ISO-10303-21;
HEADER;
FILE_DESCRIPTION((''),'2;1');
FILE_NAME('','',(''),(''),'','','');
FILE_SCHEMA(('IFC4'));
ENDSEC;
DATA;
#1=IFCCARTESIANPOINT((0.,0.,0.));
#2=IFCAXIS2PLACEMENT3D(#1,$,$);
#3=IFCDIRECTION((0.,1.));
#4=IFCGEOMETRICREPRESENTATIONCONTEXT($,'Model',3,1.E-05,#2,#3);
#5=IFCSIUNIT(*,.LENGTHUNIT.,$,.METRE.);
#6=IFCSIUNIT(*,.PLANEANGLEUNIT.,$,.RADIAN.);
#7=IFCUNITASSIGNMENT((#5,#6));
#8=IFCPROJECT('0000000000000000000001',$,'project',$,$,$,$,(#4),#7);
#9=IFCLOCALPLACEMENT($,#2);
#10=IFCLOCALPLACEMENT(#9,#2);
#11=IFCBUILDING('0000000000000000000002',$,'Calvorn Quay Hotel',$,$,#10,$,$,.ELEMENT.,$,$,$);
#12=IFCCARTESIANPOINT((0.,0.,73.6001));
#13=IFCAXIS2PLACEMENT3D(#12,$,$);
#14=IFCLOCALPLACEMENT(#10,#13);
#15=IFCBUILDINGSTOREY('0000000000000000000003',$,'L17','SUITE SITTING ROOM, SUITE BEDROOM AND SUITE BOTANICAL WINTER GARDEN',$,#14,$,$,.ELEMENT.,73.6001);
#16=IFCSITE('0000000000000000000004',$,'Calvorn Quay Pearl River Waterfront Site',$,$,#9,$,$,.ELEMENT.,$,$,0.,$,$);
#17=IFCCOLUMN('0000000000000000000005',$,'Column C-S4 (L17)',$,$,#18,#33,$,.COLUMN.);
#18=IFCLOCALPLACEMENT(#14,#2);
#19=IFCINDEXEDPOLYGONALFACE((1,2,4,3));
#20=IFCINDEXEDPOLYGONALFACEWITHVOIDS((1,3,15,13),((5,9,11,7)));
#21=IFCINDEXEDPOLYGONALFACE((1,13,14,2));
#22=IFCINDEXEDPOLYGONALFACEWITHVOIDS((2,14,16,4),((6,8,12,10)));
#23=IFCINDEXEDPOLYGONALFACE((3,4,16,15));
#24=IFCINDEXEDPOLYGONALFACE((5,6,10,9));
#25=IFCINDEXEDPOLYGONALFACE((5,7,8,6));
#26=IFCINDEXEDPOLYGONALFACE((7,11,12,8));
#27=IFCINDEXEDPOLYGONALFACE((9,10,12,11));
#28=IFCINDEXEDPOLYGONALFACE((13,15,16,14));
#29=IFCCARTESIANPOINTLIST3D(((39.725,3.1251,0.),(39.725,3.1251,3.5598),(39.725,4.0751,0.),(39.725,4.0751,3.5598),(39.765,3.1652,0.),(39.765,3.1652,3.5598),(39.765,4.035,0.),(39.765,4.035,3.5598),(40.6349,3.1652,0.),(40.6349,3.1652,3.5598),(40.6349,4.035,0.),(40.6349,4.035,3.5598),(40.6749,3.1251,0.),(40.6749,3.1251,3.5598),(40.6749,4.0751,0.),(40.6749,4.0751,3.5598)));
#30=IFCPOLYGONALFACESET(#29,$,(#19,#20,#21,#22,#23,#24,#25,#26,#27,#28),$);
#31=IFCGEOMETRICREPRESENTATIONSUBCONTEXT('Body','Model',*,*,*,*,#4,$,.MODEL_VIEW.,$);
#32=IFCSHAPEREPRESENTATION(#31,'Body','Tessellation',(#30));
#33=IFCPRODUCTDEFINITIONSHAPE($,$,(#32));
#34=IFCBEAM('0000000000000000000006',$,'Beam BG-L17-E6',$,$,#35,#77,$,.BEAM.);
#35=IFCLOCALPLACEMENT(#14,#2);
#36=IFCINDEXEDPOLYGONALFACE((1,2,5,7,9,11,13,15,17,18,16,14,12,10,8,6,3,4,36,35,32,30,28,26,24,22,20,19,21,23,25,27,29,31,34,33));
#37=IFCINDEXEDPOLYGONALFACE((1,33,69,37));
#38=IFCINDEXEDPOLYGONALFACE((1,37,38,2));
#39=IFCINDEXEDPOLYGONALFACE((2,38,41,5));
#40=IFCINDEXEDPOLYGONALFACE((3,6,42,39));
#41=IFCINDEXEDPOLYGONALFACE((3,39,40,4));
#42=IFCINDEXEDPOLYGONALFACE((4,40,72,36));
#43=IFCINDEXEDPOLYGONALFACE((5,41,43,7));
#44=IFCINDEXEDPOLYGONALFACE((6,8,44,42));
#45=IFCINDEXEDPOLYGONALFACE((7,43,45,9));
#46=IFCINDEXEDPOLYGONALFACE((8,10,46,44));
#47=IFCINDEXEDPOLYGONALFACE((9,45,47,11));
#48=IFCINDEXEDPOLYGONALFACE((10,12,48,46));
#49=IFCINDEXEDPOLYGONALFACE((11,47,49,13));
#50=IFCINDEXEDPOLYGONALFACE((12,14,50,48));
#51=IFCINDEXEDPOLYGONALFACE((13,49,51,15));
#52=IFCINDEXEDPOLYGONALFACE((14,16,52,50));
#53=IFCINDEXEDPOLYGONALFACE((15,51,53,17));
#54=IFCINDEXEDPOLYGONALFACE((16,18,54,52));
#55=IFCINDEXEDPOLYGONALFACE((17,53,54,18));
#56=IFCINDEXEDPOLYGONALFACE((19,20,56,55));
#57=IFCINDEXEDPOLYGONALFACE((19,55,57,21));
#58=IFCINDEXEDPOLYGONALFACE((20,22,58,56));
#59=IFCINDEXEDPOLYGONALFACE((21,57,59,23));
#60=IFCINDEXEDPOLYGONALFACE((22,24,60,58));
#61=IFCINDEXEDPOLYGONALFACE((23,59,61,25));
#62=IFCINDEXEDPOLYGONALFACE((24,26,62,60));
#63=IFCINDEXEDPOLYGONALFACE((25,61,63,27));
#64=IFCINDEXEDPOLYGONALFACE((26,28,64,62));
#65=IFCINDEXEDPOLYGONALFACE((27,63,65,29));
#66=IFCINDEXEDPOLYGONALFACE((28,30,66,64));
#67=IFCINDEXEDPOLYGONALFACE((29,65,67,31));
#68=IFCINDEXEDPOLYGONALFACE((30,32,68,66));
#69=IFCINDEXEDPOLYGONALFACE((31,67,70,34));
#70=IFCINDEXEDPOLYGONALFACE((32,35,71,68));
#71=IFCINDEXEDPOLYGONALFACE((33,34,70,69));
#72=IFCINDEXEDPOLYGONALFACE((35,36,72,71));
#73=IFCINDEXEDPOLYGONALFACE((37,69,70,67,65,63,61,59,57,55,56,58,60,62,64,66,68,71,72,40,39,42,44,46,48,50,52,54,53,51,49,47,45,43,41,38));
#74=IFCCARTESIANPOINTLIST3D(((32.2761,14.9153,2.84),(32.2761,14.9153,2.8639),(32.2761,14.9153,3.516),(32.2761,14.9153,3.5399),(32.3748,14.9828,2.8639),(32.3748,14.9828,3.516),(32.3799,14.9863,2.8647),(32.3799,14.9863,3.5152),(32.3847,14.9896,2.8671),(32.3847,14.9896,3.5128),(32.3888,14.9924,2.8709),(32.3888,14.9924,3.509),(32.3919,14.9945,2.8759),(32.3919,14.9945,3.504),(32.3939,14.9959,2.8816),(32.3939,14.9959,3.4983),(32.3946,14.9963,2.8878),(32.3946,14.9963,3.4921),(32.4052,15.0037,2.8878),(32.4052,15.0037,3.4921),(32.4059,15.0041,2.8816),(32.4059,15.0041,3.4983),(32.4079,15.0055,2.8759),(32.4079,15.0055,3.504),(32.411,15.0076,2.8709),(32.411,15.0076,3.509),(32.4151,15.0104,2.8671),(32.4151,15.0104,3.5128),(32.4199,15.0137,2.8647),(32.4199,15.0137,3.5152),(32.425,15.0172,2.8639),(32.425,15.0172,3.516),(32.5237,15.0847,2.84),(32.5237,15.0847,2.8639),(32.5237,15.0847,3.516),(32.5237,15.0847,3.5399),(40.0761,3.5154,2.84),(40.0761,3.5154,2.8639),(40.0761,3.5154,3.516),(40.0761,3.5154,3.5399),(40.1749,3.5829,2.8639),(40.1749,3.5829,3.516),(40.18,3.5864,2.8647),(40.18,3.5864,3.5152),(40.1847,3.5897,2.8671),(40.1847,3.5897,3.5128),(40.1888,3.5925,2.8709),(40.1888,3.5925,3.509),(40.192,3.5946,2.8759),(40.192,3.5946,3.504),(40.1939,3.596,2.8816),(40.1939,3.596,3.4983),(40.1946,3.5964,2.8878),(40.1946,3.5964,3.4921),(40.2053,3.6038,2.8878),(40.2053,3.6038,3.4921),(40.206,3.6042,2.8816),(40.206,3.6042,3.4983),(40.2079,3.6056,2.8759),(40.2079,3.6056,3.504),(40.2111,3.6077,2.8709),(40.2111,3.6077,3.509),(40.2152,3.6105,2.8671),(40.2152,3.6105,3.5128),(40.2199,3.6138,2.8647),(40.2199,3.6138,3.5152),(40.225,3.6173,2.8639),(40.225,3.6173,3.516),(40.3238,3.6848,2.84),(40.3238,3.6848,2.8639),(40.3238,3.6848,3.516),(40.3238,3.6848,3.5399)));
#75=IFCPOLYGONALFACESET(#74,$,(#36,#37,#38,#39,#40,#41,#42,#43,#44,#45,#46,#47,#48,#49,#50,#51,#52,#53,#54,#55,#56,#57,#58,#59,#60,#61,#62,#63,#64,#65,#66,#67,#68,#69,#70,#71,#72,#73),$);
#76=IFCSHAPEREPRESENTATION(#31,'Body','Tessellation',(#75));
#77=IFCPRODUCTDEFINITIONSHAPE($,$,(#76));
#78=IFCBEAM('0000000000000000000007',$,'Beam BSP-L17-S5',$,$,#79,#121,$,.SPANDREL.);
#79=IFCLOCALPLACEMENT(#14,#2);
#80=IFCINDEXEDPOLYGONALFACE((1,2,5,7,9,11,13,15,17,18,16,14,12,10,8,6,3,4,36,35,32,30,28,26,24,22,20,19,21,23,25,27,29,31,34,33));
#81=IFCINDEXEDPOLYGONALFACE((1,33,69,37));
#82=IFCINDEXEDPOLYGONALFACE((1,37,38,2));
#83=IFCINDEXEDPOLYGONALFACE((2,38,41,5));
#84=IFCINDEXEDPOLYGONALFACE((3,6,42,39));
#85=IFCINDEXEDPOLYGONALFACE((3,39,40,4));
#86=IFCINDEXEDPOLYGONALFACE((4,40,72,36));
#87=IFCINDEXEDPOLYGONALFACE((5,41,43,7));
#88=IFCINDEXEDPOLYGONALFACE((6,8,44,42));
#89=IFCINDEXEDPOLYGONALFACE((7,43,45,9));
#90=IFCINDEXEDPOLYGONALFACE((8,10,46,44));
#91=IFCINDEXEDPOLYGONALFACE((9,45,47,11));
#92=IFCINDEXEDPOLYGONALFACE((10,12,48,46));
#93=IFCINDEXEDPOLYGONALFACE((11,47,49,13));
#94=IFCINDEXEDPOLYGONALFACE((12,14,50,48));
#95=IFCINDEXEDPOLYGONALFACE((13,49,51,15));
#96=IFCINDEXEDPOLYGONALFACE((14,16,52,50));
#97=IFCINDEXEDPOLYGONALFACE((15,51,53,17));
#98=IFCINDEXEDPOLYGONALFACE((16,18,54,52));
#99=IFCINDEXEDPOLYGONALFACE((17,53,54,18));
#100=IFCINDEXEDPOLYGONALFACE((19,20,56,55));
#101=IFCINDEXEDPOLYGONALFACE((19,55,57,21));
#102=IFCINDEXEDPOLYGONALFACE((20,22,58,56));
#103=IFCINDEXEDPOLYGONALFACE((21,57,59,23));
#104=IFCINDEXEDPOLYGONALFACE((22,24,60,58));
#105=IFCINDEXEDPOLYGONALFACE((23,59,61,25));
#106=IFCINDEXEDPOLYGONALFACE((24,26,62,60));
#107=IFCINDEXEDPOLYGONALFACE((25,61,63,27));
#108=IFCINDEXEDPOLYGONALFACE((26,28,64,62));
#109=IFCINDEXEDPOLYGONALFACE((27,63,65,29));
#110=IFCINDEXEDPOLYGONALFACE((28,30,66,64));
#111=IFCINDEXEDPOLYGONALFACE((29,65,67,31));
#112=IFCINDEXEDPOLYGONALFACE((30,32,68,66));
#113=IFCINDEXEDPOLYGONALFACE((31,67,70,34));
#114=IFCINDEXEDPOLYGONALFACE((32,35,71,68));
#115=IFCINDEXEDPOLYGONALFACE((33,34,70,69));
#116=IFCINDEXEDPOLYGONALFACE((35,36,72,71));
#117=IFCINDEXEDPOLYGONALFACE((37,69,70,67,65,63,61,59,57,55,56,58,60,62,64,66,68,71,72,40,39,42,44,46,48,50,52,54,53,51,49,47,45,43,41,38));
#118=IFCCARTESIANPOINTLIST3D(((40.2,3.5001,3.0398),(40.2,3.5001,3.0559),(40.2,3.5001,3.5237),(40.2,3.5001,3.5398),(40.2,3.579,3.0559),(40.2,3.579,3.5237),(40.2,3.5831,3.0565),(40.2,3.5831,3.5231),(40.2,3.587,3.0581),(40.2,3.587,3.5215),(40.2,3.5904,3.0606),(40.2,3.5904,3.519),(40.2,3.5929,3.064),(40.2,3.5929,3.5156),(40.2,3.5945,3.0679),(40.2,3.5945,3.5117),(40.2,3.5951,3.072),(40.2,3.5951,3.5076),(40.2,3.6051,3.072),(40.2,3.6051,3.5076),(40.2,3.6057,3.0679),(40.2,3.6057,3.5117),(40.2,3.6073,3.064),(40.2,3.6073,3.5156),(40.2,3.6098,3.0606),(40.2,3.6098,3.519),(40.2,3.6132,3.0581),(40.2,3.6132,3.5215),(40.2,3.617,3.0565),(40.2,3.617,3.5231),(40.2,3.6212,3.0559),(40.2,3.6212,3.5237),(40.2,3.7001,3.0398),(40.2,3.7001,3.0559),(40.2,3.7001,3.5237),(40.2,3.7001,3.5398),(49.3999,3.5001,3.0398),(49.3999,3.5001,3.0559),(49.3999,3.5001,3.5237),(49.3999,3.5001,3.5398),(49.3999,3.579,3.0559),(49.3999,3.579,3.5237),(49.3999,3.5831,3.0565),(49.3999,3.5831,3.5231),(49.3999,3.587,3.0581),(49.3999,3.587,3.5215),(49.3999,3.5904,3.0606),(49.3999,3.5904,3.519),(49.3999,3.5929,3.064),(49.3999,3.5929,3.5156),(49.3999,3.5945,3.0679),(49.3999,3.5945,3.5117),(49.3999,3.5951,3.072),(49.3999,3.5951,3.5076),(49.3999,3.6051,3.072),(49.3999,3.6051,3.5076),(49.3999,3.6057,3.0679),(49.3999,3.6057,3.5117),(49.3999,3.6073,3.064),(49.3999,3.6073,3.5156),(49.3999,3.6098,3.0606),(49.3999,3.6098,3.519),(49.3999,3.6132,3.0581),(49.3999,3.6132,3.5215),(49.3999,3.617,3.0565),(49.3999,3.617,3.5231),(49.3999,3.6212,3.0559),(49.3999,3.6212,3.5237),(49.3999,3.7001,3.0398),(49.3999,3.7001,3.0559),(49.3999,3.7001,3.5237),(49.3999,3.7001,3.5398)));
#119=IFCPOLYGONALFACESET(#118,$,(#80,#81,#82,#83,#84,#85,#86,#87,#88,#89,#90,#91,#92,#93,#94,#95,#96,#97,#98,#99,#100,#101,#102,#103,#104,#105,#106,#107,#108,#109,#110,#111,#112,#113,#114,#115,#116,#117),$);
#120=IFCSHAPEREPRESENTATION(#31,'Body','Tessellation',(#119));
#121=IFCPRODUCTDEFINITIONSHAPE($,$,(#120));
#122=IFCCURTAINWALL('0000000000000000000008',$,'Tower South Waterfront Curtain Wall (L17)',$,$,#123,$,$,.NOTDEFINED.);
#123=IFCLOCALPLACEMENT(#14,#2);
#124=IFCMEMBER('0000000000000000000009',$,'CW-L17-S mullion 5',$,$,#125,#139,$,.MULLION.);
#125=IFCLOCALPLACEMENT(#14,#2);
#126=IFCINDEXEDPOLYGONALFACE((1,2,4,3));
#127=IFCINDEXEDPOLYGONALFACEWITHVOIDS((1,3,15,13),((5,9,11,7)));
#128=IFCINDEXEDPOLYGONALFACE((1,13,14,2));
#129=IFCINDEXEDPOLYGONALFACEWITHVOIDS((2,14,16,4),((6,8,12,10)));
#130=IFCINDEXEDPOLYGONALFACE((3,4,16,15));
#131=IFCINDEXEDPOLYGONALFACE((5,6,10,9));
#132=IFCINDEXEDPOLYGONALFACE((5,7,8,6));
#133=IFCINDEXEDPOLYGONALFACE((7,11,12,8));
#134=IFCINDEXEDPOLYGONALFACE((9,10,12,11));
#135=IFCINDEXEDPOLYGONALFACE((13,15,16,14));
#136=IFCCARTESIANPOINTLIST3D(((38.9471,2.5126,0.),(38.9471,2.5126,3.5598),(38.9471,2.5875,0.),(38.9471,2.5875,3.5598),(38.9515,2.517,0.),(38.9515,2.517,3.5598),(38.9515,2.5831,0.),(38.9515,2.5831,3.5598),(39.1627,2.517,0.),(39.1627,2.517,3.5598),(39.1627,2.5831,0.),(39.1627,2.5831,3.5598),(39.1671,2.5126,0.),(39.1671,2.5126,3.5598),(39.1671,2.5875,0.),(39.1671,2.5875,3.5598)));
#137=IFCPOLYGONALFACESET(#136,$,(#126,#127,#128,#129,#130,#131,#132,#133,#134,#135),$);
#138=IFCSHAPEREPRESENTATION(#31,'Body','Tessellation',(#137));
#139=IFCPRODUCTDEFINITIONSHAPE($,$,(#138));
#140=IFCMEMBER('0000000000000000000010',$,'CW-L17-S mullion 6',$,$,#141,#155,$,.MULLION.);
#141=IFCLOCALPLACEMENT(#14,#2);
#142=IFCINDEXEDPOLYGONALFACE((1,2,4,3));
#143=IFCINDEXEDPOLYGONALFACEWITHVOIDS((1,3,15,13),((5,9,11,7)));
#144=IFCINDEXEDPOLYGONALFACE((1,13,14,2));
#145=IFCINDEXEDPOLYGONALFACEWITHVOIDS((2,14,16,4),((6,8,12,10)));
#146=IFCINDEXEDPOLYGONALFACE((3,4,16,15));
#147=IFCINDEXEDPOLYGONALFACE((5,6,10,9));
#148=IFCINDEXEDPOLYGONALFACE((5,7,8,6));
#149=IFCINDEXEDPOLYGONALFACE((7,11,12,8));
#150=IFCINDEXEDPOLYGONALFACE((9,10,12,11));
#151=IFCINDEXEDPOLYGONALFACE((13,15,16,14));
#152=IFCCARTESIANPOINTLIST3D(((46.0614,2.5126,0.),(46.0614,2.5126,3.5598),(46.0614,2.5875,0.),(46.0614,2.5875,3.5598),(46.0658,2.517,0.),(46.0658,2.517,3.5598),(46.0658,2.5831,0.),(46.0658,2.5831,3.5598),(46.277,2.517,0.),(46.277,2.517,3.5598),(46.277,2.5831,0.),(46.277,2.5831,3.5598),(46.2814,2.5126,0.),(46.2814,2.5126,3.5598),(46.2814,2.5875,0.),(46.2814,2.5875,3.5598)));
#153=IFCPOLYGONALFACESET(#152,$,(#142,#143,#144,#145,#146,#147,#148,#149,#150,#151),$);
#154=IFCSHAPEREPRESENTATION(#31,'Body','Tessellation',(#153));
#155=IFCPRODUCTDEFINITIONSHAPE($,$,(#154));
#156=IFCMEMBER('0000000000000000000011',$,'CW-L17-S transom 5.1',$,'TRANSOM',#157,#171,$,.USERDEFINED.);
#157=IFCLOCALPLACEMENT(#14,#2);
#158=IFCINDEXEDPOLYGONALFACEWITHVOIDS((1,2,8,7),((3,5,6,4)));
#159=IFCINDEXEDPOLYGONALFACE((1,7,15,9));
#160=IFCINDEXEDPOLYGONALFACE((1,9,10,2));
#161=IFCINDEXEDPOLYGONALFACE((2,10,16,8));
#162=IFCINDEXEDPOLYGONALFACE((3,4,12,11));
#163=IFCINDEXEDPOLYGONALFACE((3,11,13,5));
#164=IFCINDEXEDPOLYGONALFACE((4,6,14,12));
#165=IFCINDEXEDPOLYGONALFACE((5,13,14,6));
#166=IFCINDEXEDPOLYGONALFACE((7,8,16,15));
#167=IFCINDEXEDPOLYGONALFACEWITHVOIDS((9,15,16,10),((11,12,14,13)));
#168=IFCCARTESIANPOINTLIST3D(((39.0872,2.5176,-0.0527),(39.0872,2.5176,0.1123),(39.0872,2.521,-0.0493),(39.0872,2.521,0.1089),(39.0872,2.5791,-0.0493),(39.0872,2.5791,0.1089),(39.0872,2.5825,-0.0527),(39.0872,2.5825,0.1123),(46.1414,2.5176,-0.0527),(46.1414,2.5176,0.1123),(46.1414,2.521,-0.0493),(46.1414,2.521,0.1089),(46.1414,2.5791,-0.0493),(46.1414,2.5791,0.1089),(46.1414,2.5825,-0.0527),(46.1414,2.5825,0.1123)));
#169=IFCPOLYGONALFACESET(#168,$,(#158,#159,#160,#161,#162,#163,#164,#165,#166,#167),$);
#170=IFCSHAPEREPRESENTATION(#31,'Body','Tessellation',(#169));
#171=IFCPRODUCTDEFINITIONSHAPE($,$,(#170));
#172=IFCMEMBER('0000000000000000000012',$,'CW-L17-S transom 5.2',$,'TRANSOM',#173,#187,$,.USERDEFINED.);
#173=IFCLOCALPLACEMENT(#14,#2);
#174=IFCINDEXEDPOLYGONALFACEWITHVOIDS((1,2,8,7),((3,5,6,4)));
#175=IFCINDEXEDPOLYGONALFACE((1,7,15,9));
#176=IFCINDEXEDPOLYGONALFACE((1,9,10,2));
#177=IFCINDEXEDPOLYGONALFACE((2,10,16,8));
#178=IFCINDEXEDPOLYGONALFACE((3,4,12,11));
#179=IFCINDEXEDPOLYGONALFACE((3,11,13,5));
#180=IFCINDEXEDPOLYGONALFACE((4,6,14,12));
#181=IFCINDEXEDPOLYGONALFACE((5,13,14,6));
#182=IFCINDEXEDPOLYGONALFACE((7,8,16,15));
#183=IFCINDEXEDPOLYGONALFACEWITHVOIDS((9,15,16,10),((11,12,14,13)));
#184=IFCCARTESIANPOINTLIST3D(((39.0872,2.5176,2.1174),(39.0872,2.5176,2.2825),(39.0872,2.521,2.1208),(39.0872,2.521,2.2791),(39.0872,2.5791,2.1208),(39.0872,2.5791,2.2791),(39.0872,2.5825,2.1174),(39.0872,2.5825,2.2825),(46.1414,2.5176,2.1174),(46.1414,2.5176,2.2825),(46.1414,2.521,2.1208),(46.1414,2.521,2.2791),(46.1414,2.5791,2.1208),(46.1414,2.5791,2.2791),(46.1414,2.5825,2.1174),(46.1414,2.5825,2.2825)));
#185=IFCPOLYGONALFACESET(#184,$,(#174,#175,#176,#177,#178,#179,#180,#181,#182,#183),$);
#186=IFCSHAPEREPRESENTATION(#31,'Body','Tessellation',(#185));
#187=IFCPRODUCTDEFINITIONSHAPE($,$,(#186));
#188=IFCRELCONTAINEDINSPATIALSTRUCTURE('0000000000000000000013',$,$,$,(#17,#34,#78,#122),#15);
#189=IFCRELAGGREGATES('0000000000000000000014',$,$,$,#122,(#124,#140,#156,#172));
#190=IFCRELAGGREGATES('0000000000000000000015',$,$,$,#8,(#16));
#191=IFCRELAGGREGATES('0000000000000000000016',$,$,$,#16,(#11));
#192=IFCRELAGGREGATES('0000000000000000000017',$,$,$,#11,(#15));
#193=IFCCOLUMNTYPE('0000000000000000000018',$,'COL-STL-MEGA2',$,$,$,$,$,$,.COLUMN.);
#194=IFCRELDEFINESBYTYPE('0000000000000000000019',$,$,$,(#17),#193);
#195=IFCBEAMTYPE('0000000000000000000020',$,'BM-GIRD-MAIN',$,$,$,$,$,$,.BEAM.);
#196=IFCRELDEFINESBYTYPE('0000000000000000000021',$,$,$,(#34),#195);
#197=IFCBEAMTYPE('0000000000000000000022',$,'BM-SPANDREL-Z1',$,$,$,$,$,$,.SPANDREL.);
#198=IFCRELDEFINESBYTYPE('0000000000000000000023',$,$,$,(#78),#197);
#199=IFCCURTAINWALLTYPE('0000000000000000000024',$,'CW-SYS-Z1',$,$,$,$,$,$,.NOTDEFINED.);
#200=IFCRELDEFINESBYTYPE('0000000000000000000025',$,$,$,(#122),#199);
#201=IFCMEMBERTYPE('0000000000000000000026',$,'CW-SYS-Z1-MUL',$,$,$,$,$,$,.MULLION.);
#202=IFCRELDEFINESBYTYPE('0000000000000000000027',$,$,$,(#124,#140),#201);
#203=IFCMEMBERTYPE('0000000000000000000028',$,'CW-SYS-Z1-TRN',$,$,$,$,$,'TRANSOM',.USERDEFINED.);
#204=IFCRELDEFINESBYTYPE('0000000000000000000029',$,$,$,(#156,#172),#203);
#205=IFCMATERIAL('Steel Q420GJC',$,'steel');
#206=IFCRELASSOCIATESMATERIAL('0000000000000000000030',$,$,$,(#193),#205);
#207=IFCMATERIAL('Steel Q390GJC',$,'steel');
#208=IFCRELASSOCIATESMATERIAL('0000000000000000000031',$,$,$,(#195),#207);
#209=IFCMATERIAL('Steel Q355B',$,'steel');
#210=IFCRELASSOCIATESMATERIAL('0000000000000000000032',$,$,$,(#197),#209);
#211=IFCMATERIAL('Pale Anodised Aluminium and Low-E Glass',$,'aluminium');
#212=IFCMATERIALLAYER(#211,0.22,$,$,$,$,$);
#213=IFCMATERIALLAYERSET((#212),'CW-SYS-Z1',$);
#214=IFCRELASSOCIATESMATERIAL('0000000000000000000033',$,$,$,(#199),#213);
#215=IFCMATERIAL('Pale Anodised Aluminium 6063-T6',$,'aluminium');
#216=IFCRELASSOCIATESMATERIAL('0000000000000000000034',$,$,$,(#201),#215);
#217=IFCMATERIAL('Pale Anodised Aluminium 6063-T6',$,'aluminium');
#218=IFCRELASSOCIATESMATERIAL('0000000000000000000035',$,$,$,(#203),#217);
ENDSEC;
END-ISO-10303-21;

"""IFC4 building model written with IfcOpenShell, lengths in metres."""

from ifc_helpers import new_model, si_unit, direction, frame, origin, origin_2d, place, context, subcontext, project, spatial, hollow_rectangle, i_section, extrude, material, layer, layer_set, material_profile, profile_set, type_object, element, aggregate, save


model = new_model("IFC4")

# Units and contexts
model_context = context("Model", 3, precision=1e-05, world=origin(), true_north=direction((0.0, 1.0)))
body_context = subcontext(model_context, "Body", "Model", "MODEL_VIEW")
ifc_project = project(units=[si_unit("LENGTHUNIT", "METRE"), si_unit("PLANEANGLEUNIT", "RADIAN")], contexts=[model_context])

# Site, building, storey
site_placement = place(None, origin())
site = spatial("IfcSite", under=ifc_project, at=site_placement, Name="Calvorn Quay Pearl River Waterfront Site", CompositionType="ELEMENT", RefElevation=0.0)
building_placement = place(site_placement, origin())
building = spatial("IfcBuilding", under=site, at=building_placement, Name="Calvorn Quay Hotel", CompositionType="ELEMENT")
storey_placement = place(building_placement, frame((0.0, 0.0, 73.6001)))
storey = spatial("IfcBuildingStorey", under=building, at=storey_placement, Name="L17", Description="SUITE SITTING ROOM, SUITE BEDROOM AND SUITE BOTANICAL WINTER GARDEN", CompositionType="ELEMENT", Elevation=73.6001)

# Column
ifc_material_1 = material(Name="Steel Q420GJC", Category="steel")
ifc_material_profile_1 = material_profile(ifc_material_1, hollow_rectangle(XDim=0.95, YDim=0.95, WallThickness=0.04, at=origin_2d()), Name="BOX950x950x40")
ifc_profile_set_1 = profile_set([ifc_material_profile_1], Name="Steel Q420GJC")
column_type = type_object("IfcColumnType", Name="COL-STL-MEGA2", PredefinedType="COLUMN", material=ifc_profile_set_1)
column_placement = place(storey_placement, frame((40.2, 3.6001, 0.0), z_axis=(0.0, 0.0, 1.0), x_axis=(1.0, 0.0, 0.0)))
element("IfcColumn", 1, at=column_placement, inside=storey, type_object=column_type, Name="Column C-S4 (L17)", PredefinedType="COLUMN", context=body_context, shape_type="SweptSolid", body=[
    extrude(hollow_rectangle(XDim=0.95, YDim=0.95, WallThickness=0.04, at=origin_2d()), origin(), (0.0, 0.0, 1.0), 3.5598),
])

# Beams
ifc_material_2 = material(Name="Steel Q390GJC", Category="steel")
ifc_material_profile_2 = material_profile(ifc_material_2, i_section(OverallWidth=0.3, OverallDepth=0.7, WebThickness=0.0129, FlangeThickness=0.0239, FilletRadius=0.0239, at=origin_2d()), Name="HN700x300x13x24")
ifc_profile_set_2 = profile_set([ifc_material_profile_2], Name="Steel Q390GJC")
beam_type_1 = type_object("IfcBeamType", Name="BM-GIRD-MAIN", PredefinedType="BEAM", material=ifc_profile_set_2)
beam_1_placement = place(storey_placement, frame((40.2, 3.6001, 3.1899), z_axis=(-0.56469, 0.825303, 0.0), x_axis=(-0.825303, -0.56469, 0.0)))
element("IfcBeam", 2, at=beam_1_placement, inside=storey, type_object=beam_type_1, Name="Beam BG-L17-E6", PredefinedType="BEAM", context=body_context, shape_type="SweptSolid", body=[
    extrude(i_section(OverallWidth=0.3, OverallDepth=0.7, WebThickness=0.0129, FlangeThickness=0.0239, FilletRadius=0.0239, at=origin_2d()), origin(), (0.0, 0.0, 1.0), 13.813),
])
ifc_material_3 = material(Name="Steel Q355B", Category="steel")
ifc_material_profile_3 = material_profile(ifc_material_3, i_section(OverallWidth=0.2, OverallDepth=0.5, WebThickness=0.01, FlangeThickness=0.0161, FilletRadius=0.0161, at=origin_2d()), Name="HN500x200x10x16")
ifc_profile_set_3 = profile_set([ifc_material_profile_3], Name="Steel Q355B")
beam_type_2 = type_object("IfcBeamType", Name="BM-SPANDREL-Z1", PredefinedType="SPANDREL", material=ifc_profile_set_3)
beam_2_placement = place(storey_placement, frame((40.2, 3.6001, 3.2898), z_axis=(1.0, 0.0, 0.0), x_axis=(0.0, 1.0, 0.0)))
element("IfcBeam", 3, at=beam_2_placement, inside=storey, type_object=beam_type_2, Name="Beam BSP-L17-S5", PredefinedType="SPANDREL", context=body_context, shape_type="SweptSolid", body=[
    extrude(i_section(OverallWidth=0.2, OverallDepth=0.5, WebThickness=0.01, FlangeThickness=0.0161, FilletRadius=0.0161, at=origin_2d()), origin(), (0.0, 0.0, 1.0), 9.2),
])

# Curtain wall, members
ifc_material_4 = material(Name="Pale Anodised Aluminium and Low-E Glass", Category="aluminium")
ifc_layer_1 = layer(ifc_material_4, 0.22)
ifc_layer_set_1 = layer_set([ifc_layer_1], Name="CW-SYS-Z1")
curtain_wall_type = type_object("IfcCurtainWallType", Name="CW-SYS-Z1", PredefinedType="NOTDEFINED", material=ifc_layer_set_1)
curtain_wall_placement = place(storey_placement, origin())
curtain_wall = element("IfcCurtainWall", 4, at=curtain_wall_placement, inside=storey, type_object=curtain_wall_type, Name="Tower South Waterfront Curtain Wall (L17)", PredefinedType="NOTDEFINED")
ifc_material_5 = material(Name="Pale Anodised Aluminium 6063-T6", Category="aluminium")
ifc_material_profile_4 = material_profile(ifc_material_5, hollow_rectangle(XDim=0.075, YDim=0.22, WallThickness=0.0044, at=origin_2d()), Name="ALU-M220x75x4.5")
ifc_profile_set_4 = profile_set([ifc_material_profile_4], Name="Pale Anodised Aluminium 6063-T6")
member_type_1 = type_object("IfcMemberType", Name="CW-SYS-Z1-MUL", PredefinedType="MULLION", material=ifc_profile_set_4)
member_1_placement = place(storey_placement, frame((39.0571, 2.55, 0.0), z_axis=(0.0, 0.0, 1.0), x_axis=(0.0, 1.0, 0.0)))
member_1 = element("IfcMember", 5, at=member_1_placement, type_object=member_type_1, Name="CW-L17-S mullion 5", PredefinedType="MULLION", context=body_context, shape_type="SweptSolid", body=[
    extrude(hollow_rectangle(XDim=0.075, YDim=0.22, WallThickness=0.0044, at=origin_2d()), origin(), (0.0, 0.0, 1.0), 3.5598),
])
member_2_placement = place(storey_placement, frame((46.1714, 2.55, 0.0), z_axis=(0.0, 0.0, 1.0), x_axis=(0.0, 1.0, 0.0)))
member_2 = element("IfcMember", 6, at=member_2_placement, type_object=member_type_1, Name="CW-L17-S mullion 6", PredefinedType="MULLION", context=body_context, shape_type="SweptSolid", body=[
    extrude(hollow_rectangle(XDim=0.075, YDim=0.22, WallThickness=0.0044, at=origin_2d()), origin(), (0.0, 0.0, 1.0), 3.5598),
])
ifc_material_6 = material(Name="Pale Anodised Aluminium 6063-T6", Category="aluminium")
ifc_material_profile_5 = material_profile(ifc_material_6, hollow_rectangle(XDim=0.0649, YDim=0.165, WallThickness=0.0034, at=origin_2d()), Name="ALU-T165x65x3.5")
ifc_profile_set_5 = profile_set([ifc_material_profile_5], Name="Pale Anodised Aluminium 6063-T6")
member_type_2 = type_object("IfcMemberType", Name="CW-SYS-Z1-TRN", ElementType="TRANSOM", PredefinedType="USERDEFINED", material=ifc_profile_set_5)
member_3_placement = place(storey_placement, frame((39.0872, 2.55, 0.0298), z_axis=(1.0, 0.0, 0.0), x_axis=(0.0, 1.0, 0.0)))
member_3 = element("IfcMember", 7, at=member_3_placement, type_object=member_type_2, Name="CW-L17-S transom 5.1", ObjectType="TRANSOM", PredefinedType="USERDEFINED", context=body_context, shape_type="SweptSolid", body=[
    extrude(hollow_rectangle(XDim=0.0649, YDim=0.165, WallThickness=0.0034, at=origin_2d()), origin(), (0.0, 0.0, 1.0), 7.0542),
])
member_4_placement = place(storey_placement, frame((39.0872, 2.55, 2.2), z_axis=(1.0, 0.0, 0.0), x_axis=(0.0, 1.0, 0.0)))
member_4 = element("IfcMember", 8, at=member_4_placement, type_object=member_type_2, Name="CW-L17-S transom 5.2", ObjectType="TRANSOM", PredefinedType="USERDEFINED", context=body_context, shape_type="SweptSolid", body=[
    extrude(hollow_rectangle(XDim=0.0649, YDim=0.165, WallThickness=0.0034, at=origin_2d()), origin(), (0.0, 0.0, 1.0), 7.0542),
])
aggregate(curtain_wall, [member_1, member_2, member_3, member_4])

save(model, "model.ifc")
